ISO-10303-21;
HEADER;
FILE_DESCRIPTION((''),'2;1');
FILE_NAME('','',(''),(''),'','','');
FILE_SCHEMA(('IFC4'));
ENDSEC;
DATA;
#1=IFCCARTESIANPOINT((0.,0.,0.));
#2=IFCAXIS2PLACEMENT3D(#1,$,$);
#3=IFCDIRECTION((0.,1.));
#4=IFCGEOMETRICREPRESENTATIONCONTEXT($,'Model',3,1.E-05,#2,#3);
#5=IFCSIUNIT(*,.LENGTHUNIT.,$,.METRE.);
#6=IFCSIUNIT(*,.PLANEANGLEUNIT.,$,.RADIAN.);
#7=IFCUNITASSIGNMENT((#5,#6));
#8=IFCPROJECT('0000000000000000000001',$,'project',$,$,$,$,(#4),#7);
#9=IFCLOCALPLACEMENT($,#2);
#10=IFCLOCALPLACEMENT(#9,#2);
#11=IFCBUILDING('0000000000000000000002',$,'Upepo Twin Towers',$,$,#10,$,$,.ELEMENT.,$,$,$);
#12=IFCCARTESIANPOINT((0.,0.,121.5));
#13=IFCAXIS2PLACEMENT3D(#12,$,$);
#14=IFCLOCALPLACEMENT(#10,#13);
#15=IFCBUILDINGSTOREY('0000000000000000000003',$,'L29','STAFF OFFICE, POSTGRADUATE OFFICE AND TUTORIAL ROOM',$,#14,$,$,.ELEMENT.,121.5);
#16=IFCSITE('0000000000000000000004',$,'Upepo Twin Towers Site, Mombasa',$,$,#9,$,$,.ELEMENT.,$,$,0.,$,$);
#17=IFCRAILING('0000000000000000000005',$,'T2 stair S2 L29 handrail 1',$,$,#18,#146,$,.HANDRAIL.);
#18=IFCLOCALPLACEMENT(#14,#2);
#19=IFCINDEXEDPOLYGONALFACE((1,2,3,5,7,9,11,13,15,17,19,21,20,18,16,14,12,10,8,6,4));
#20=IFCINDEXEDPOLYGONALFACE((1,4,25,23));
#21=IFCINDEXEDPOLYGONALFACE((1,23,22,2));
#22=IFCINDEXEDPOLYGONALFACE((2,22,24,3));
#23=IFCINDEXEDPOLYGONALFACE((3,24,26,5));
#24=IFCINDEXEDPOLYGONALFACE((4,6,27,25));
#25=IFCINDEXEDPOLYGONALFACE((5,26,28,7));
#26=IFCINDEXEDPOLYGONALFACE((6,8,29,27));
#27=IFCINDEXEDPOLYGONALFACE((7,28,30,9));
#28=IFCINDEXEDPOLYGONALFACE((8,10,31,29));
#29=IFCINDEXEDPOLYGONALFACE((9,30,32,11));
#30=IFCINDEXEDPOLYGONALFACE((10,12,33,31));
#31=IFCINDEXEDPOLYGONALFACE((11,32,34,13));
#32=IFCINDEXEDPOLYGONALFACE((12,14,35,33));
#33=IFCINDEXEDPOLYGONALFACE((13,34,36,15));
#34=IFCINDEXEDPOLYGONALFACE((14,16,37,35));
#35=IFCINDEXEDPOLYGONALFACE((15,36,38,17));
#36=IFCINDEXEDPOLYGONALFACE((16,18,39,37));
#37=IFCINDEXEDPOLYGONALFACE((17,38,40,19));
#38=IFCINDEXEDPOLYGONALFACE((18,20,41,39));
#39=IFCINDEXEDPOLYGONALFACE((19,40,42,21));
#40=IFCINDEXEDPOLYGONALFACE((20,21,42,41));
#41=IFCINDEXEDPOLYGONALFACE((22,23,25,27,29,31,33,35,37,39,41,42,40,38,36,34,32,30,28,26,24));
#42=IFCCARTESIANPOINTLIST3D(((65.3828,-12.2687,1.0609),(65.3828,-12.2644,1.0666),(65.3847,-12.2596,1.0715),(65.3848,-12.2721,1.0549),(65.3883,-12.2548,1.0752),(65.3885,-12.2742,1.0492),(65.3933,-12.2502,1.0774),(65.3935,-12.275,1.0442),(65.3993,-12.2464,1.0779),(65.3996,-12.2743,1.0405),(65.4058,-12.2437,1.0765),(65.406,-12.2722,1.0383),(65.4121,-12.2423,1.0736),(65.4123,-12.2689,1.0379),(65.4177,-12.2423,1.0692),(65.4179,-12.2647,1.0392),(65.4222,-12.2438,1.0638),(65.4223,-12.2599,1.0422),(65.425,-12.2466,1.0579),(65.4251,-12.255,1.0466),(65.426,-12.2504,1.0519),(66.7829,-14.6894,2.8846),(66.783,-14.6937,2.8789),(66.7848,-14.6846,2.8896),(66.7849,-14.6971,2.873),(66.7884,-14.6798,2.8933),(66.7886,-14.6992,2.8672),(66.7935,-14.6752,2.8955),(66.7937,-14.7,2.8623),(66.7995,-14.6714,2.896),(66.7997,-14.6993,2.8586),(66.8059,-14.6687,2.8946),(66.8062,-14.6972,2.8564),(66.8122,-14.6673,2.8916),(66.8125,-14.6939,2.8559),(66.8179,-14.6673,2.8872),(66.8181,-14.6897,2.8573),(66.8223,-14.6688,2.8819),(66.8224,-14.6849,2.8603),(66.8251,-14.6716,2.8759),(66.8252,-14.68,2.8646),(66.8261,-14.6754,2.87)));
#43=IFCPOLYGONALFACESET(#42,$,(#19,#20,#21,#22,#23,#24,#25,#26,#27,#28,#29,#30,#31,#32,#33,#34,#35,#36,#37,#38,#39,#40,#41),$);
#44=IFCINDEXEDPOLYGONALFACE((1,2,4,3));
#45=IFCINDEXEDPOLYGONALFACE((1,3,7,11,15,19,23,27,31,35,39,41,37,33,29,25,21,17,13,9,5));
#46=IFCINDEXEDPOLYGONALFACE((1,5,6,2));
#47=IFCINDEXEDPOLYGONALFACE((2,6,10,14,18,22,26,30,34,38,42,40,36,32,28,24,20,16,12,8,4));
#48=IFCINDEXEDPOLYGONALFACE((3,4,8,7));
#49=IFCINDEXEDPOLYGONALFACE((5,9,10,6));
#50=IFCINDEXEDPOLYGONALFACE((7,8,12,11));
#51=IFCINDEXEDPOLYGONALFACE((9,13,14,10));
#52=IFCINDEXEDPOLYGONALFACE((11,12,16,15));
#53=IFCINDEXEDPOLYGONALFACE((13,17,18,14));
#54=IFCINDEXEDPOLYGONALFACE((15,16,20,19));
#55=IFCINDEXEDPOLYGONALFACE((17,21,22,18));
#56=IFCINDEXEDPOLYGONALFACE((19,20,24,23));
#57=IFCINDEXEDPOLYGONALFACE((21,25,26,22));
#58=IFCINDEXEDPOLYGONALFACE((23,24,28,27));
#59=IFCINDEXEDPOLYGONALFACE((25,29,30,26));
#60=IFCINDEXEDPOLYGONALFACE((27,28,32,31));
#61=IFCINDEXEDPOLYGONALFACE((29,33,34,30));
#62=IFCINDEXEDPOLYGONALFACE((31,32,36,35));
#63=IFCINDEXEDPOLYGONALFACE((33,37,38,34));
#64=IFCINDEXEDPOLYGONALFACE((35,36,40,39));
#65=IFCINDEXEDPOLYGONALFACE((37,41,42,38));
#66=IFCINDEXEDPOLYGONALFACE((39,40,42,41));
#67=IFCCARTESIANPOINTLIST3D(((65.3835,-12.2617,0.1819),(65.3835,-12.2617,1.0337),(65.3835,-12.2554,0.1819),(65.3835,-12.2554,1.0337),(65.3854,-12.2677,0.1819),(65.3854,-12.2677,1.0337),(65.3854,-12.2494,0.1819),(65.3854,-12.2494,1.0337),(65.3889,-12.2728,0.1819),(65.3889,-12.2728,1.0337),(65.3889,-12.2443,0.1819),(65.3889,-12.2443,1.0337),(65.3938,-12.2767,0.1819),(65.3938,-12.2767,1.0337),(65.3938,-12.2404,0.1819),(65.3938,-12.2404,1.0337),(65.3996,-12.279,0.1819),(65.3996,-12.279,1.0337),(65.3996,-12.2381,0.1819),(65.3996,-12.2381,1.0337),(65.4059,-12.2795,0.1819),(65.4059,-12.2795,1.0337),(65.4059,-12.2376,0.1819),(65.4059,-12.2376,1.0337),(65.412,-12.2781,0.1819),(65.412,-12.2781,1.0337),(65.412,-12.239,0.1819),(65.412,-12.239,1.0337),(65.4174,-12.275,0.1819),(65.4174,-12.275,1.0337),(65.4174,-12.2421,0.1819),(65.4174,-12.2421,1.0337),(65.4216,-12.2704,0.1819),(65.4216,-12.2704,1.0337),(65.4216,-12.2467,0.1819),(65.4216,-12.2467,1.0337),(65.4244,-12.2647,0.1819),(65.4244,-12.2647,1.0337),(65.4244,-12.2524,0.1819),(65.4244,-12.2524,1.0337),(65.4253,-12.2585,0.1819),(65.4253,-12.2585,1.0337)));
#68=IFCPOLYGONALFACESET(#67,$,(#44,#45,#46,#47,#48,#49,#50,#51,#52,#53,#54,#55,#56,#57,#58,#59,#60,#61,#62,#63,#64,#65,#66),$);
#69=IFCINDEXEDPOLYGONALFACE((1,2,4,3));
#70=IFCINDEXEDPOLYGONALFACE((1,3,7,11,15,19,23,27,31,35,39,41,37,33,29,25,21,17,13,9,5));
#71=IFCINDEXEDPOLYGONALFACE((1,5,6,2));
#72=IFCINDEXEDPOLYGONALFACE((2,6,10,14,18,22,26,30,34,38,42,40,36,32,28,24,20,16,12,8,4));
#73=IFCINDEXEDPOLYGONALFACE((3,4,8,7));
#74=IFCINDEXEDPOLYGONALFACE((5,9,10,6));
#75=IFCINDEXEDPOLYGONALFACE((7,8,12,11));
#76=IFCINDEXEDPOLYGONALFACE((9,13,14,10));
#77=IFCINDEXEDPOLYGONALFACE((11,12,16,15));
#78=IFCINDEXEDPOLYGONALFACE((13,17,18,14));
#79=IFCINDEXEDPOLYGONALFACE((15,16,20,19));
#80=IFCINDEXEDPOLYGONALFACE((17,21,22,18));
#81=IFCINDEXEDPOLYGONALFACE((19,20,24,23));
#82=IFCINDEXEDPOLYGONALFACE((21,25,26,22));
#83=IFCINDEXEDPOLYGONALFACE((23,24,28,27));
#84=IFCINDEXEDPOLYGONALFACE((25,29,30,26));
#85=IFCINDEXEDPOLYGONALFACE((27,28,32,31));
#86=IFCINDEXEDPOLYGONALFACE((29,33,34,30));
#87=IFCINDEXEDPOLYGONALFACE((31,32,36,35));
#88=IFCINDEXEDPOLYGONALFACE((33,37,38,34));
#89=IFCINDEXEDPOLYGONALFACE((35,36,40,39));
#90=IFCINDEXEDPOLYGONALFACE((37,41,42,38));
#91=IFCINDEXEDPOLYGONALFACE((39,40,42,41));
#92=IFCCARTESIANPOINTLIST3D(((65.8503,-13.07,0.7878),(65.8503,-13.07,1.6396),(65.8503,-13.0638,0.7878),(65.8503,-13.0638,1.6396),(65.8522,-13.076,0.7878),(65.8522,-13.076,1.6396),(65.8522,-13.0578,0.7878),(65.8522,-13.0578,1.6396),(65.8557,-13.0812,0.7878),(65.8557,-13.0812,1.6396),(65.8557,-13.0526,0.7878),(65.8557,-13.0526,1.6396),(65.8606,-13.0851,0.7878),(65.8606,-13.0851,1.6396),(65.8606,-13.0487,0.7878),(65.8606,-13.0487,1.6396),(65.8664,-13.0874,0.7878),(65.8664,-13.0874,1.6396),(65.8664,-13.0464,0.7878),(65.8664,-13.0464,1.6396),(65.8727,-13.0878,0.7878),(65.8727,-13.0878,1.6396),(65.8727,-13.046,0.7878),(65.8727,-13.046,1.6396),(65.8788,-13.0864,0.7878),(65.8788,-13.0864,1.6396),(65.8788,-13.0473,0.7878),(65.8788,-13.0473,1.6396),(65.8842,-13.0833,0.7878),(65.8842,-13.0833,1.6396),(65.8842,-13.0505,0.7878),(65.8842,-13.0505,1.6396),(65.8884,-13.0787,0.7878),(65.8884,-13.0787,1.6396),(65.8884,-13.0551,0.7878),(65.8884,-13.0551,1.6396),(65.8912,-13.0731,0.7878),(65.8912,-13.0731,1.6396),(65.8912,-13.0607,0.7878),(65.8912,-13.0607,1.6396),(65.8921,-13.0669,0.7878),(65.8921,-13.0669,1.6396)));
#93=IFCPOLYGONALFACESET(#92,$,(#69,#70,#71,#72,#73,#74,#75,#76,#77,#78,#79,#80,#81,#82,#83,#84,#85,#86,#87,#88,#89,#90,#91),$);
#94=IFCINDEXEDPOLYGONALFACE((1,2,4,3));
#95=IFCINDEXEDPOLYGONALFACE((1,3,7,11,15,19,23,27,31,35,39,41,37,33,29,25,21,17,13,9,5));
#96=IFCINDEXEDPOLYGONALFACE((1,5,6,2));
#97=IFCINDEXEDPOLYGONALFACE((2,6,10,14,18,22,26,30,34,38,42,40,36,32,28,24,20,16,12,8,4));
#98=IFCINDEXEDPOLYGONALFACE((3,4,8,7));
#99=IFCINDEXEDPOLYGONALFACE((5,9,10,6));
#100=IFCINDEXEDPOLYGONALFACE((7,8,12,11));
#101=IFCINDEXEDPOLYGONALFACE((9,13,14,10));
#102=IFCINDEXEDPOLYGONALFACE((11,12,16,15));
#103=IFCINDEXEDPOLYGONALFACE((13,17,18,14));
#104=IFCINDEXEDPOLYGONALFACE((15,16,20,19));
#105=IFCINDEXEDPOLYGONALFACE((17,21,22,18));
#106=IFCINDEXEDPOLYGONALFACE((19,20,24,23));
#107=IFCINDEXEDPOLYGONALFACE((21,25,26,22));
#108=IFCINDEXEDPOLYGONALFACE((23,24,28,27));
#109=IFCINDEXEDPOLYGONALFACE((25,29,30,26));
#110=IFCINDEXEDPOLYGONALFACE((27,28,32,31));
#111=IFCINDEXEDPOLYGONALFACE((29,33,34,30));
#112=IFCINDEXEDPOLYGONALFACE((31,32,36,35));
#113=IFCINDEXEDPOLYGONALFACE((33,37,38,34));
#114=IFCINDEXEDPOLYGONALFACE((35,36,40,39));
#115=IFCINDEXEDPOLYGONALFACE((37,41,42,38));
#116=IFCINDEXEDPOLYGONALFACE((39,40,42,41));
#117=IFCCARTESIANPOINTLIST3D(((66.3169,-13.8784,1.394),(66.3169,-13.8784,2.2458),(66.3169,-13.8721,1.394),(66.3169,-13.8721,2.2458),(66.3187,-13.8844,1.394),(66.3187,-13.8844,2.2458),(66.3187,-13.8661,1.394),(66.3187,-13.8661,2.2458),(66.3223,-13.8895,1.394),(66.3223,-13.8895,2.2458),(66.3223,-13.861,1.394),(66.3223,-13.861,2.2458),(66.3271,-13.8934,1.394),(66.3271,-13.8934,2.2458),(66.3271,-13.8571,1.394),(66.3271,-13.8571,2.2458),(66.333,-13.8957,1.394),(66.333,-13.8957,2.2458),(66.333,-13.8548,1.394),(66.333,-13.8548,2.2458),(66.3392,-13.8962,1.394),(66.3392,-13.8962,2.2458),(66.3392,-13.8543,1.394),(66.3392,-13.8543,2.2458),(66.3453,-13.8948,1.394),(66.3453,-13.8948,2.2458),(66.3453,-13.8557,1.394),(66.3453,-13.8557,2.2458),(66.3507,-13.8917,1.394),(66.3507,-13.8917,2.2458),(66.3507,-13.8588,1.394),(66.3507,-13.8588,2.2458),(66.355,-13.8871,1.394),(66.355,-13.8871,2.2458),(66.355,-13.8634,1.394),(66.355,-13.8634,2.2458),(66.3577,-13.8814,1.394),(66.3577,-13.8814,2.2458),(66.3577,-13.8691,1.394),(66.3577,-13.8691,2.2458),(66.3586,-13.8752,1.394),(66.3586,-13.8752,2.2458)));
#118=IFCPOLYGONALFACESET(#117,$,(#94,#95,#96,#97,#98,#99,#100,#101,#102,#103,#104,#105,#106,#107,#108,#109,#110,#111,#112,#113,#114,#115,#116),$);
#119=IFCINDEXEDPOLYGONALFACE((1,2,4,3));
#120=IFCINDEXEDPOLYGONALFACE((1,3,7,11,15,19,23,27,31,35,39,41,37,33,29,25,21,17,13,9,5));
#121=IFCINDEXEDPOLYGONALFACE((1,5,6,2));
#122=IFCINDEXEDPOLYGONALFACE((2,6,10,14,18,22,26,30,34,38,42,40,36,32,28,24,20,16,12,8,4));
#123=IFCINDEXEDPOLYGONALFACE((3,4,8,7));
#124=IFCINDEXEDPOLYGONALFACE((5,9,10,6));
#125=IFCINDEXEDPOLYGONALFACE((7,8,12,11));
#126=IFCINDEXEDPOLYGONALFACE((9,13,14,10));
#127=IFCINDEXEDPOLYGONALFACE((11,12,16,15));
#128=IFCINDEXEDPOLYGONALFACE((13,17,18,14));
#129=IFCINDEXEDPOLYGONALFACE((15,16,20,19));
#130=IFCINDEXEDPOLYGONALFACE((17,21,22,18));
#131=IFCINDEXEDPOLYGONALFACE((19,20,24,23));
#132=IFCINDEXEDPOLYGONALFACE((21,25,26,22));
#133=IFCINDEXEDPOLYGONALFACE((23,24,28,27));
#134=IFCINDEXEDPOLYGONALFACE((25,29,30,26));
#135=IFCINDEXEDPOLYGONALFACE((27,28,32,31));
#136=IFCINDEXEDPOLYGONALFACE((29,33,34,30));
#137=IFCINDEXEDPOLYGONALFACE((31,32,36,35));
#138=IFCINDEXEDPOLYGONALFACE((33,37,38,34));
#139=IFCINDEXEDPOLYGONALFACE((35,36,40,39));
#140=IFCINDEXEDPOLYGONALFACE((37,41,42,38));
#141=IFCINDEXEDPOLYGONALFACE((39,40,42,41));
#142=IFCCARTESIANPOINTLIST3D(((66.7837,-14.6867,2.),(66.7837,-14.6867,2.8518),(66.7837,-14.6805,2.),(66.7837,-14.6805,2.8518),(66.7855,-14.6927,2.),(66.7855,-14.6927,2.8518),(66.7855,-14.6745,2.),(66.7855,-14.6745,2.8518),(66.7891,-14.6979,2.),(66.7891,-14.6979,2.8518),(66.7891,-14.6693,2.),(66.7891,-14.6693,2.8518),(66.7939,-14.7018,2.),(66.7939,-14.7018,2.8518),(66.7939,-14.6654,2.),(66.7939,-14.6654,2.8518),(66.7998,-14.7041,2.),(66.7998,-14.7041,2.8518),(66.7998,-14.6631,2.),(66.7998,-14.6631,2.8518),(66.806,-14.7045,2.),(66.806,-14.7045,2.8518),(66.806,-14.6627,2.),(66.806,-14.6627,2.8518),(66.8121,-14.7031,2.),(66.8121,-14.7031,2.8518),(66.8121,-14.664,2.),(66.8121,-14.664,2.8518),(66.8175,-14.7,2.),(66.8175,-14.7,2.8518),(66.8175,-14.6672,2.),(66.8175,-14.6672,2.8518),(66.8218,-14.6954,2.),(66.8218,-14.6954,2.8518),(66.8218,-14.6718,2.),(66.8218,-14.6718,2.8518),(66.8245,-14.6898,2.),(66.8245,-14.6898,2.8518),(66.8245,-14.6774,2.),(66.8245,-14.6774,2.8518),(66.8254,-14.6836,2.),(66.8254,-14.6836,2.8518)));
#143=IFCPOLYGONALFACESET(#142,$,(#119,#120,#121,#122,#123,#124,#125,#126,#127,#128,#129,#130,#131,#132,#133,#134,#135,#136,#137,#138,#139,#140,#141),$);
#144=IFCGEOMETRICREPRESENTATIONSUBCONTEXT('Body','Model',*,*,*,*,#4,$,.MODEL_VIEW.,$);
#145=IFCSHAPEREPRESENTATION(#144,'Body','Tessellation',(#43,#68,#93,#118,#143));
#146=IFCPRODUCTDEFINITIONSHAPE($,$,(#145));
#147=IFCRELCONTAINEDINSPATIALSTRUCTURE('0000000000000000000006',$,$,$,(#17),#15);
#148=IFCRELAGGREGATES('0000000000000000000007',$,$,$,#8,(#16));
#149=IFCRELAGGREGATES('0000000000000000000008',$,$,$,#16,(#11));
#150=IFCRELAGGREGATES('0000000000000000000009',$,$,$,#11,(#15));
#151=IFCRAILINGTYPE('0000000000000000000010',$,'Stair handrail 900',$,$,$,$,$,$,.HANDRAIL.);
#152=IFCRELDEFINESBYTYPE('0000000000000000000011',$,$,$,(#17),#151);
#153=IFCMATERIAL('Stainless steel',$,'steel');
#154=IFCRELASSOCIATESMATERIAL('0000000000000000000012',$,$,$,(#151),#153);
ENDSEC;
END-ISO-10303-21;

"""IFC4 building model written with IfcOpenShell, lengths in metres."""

from ifc_helpers import new_model, si_unit, direction, frame, origin, origin_2d, place, context, subcontext, project, spatial, circle, extrude, material, type_object, element, save


model = new_model("IFC4")

# Units and contexts
model_context = context("Model", 3, precision=1e-05, world=origin(), true_north=direction((0.0, 1.0)))
body_context = subcontext(model_context, "Body", "Model", "MODEL_VIEW")
ifc_project = project(units=[si_unit("LENGTHUNIT", "METRE"), si_unit("PLANEANGLEUNIT", "RADIAN")], contexts=[model_context])

# Site, building, storey
site_placement = place(None, origin())
site = spatial("IfcSite", under=ifc_project, at=site_placement, Name="Upepo Twin Towers Site, Mombasa", CompositionType="ELEMENT", RefElevation=0.0)
building_placement = place(site_placement, origin())
building = spatial("IfcBuilding", under=site, at=building_placement, Name="Upepo Twin Towers", CompositionType="ELEMENT")
storey_placement = place(building_placement, frame((0.0, 0.0, 121.5)))
storey = spatial("IfcBuildingStorey", under=building, at=storey_placement, Name="L29", Description="STAFF OFFICE, POSTGRADUATE OFFICE AND TUTORIAL ROOM", CompositionType="ELEMENT", Elevation=121.5)

# Railing
ifc_material_1 = material(Name="Stainless steel", Category="steel")
railing_type = type_object("IfcRailingType", Name="Stair handrail 900", PredefinedType="HANDRAIL", material=ifc_material_1)
railing_1_placement = place(storey_placement, frame((65.4043, -12.2585, 0.1819)))
element("IfcRailing", 1, at=railing_1_placement, inside=storey, type_object=railing_type, Name="T2 stair S2 L29 handrail 1", PredefinedType="HANDRAIL", context=body_context, shape_type="SweptSolid", body=[
    extrude(circle(Radius=0.0239, at=origin_2d()), frame((0.0, 0.0, 0.876), z_axis=(0.419371, -0.726349, 0.54456), x_axis=(0.866019, 0.500012, 0.0)), (0.0, 0.0, 1.0), 3.3386),
    extrude(circle(Radius=0.021, at=origin_2d()), origin(), (0.0, 0.0, 1.0), 0.8518),
    extrude(circle(Radius=0.021, at=origin_2d()), frame((0.4668, -0.8083, 0.606)), (0.0, 0.0, 1.0), 0.8518),
    extrude(circle(Radius=0.021, at=origin_2d()), frame((0.9333, -1.6167, 1.2122)), (0.0, 0.0, 1.0), 0.8518),
    extrude(circle(Radius=0.021, at=origin_2d()), frame((1.4001, -2.425, 1.8181)), (0.0, 0.0, 1.0), 0.8518),
])

save(model, "model.ifc")
